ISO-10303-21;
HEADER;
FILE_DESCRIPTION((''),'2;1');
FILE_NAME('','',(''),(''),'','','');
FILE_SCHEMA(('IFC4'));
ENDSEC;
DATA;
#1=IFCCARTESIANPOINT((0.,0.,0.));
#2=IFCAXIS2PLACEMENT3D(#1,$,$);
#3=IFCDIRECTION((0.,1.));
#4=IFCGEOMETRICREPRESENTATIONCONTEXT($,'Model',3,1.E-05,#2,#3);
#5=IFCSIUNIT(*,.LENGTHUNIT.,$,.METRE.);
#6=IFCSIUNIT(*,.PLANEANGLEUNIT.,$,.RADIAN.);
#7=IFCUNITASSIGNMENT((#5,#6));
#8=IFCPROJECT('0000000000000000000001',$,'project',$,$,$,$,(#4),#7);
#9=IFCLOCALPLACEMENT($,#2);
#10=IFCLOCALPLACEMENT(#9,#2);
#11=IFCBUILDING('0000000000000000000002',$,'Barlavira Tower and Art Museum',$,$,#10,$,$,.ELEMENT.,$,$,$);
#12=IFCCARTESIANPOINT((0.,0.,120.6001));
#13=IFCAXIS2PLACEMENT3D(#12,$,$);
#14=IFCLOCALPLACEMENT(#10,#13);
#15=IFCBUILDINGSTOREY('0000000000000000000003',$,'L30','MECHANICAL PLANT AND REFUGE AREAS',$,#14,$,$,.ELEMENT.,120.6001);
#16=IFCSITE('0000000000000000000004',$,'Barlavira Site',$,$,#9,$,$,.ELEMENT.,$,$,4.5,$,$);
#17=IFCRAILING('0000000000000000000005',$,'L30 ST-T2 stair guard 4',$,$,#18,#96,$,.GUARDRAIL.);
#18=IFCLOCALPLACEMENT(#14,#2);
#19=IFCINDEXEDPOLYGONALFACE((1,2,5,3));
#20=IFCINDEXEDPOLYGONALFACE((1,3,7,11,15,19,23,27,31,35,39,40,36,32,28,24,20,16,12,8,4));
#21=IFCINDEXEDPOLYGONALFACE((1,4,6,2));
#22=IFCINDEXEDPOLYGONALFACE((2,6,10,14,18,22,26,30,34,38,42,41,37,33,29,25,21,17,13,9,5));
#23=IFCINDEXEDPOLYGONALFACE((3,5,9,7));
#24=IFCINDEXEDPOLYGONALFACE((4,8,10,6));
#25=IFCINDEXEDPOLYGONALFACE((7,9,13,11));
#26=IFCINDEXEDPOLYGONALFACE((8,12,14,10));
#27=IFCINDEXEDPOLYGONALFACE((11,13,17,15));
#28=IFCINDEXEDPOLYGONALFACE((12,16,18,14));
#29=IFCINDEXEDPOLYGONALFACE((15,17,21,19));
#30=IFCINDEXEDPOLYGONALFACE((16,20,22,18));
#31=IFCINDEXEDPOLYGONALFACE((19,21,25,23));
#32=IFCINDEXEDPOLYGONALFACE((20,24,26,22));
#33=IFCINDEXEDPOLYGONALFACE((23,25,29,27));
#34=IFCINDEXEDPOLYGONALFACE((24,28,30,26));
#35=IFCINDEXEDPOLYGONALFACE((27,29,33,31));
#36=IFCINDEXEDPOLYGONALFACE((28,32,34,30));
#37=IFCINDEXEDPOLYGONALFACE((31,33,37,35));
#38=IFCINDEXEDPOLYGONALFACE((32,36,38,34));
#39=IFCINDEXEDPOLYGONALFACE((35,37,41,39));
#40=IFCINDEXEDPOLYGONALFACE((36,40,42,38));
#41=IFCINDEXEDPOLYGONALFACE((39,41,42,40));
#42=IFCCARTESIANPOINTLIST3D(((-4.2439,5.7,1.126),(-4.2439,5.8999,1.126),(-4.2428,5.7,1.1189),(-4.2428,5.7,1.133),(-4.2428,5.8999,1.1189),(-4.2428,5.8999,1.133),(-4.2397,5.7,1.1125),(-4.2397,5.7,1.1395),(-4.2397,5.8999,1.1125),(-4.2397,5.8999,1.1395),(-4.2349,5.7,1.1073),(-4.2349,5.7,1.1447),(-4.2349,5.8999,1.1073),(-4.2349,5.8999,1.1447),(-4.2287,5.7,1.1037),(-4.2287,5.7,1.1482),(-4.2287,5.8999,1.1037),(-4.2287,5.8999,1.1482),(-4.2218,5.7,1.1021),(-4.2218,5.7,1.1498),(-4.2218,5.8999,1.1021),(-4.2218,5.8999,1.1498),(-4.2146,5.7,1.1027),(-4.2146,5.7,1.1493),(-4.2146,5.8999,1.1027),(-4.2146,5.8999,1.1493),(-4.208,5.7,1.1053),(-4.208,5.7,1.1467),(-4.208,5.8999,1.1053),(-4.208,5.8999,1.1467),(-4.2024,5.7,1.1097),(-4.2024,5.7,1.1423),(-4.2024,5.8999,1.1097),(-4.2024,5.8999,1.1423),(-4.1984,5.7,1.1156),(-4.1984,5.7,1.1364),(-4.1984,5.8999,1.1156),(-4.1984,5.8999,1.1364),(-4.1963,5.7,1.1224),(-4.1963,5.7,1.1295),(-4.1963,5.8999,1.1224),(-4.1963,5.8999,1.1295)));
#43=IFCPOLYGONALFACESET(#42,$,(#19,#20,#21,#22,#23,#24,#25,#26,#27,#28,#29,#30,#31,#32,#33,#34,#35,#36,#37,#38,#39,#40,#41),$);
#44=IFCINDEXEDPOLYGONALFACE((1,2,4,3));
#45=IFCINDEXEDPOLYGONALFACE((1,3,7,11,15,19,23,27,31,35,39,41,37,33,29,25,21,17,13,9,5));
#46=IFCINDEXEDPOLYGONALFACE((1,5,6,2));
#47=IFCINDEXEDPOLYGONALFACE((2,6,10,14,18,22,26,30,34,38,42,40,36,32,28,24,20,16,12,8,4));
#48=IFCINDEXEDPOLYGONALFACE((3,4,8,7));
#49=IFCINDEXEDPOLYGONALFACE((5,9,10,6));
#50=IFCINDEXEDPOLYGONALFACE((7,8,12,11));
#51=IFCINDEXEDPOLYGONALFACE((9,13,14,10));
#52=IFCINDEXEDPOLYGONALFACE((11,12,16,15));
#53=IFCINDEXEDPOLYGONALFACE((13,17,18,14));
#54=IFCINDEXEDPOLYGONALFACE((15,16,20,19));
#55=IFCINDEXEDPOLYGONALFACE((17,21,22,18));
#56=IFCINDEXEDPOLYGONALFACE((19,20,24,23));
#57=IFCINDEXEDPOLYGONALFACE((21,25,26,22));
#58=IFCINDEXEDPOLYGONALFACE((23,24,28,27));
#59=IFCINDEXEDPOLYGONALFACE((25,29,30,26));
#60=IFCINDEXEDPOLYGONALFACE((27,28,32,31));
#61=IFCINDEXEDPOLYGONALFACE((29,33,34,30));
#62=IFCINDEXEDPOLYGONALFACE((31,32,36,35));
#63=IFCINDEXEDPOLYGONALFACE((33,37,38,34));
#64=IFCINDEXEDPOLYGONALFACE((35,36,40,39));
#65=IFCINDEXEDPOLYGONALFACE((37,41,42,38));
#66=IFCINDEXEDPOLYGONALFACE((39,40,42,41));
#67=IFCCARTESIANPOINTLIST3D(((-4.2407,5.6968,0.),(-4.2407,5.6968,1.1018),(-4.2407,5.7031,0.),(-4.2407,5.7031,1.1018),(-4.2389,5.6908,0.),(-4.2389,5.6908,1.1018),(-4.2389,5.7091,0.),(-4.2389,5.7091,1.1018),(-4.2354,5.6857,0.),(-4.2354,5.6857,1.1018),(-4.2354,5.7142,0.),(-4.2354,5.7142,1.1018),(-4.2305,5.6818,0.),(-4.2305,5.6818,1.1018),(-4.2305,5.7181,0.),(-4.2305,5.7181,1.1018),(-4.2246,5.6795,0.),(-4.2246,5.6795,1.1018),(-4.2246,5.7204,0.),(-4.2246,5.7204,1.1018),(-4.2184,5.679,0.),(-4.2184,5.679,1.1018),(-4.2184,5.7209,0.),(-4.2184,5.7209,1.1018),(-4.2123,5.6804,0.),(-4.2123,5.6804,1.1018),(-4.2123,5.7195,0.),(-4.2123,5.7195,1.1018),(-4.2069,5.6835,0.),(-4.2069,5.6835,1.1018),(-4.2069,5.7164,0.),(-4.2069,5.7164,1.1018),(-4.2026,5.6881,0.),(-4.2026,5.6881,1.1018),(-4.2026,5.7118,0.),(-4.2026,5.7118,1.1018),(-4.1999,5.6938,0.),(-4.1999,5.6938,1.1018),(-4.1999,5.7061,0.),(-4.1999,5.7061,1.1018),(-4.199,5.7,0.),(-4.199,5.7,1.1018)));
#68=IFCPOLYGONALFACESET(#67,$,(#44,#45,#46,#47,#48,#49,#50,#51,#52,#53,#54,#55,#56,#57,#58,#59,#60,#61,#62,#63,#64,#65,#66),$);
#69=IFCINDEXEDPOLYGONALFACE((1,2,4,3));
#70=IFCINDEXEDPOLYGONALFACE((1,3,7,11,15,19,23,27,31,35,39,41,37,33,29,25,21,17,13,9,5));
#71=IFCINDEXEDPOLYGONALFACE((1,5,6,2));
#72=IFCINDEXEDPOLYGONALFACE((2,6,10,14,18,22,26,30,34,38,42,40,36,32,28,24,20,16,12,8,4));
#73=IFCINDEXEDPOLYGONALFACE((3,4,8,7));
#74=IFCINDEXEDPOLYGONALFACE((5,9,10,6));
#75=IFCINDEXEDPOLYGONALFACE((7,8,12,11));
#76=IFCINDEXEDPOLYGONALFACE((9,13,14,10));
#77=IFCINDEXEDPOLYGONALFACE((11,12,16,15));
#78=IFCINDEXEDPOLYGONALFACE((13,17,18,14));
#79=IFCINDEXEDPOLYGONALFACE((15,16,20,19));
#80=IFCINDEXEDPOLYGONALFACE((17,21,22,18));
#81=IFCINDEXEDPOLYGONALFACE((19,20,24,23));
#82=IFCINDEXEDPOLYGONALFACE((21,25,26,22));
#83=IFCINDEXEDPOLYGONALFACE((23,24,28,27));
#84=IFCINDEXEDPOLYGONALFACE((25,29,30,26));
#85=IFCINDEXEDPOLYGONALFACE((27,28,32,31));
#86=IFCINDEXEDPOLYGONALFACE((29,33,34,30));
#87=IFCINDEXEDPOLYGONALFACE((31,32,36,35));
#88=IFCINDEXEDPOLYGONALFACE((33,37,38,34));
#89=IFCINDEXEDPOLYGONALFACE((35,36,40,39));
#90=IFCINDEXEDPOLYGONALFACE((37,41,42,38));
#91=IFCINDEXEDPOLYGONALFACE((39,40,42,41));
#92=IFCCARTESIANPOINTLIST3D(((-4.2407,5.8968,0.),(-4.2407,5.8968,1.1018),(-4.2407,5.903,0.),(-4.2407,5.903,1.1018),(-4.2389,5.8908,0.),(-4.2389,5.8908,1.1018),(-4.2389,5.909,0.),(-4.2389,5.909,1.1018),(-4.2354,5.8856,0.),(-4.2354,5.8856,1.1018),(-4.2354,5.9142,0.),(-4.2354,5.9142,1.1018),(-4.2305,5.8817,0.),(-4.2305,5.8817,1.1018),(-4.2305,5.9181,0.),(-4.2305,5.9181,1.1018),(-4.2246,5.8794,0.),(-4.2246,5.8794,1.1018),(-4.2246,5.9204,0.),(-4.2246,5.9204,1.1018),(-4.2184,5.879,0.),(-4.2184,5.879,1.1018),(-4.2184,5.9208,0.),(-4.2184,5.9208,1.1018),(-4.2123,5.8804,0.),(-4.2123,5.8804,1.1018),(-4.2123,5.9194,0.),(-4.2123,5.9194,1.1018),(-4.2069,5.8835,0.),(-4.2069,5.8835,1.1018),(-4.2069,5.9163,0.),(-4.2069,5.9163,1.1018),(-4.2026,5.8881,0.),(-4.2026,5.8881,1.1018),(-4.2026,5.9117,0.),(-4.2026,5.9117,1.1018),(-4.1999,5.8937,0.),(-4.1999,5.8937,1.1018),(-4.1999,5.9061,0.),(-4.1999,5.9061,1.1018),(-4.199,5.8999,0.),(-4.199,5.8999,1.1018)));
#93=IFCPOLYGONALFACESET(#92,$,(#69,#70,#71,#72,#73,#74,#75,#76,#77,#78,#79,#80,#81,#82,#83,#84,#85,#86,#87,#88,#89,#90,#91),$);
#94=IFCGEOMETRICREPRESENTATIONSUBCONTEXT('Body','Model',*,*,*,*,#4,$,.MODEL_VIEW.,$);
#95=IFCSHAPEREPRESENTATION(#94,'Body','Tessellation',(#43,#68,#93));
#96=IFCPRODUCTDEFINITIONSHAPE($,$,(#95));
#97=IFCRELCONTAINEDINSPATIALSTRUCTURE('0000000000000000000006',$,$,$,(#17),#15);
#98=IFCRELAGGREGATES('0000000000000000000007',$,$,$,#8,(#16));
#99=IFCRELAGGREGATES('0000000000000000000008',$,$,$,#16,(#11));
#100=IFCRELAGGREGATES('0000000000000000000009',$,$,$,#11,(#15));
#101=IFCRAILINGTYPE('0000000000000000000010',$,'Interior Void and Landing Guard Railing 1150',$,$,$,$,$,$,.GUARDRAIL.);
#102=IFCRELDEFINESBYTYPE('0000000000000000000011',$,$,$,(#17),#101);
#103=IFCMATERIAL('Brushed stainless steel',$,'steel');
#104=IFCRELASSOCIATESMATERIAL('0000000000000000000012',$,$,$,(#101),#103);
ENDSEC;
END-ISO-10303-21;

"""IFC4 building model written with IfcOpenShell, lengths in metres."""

from ifc_helpers import new_model, si_unit, direction, frame, origin, origin_2d, place, context, subcontext, project, spatial, circle, extrude, material, type_object, element, save


model = new_model("IFC4")

# Units and contexts
model_context = context("Model", 3, precision=1e-05, world=origin(), true_north=direction((0.0, 1.0)))
body_context = subcontext(model_context, "Body", "Model", "MODEL_VIEW")
ifc_project = project(units=[si_unit("LENGTHUNIT", "METRE"), si_unit("PLANEANGLEUNIT", "RADIAN")], contexts=[model_context])

# Site, building, storey
site_placement = place(None, origin())
site = spatial("IfcSite", under=ifc_project, at=site_placement, Name="Barlavira Site", CompositionType="ELEMENT", RefElevation=4.5)
building_placement = place(site_placement, origin())
building = spatial("IfcBuilding", under=site, at=building_placement, Name="Barlavira Tower and Art Museum", CompositionType="ELEMENT")
storey_placement = place(building_placement, frame((0.0, 0.0, 120.6001)))
storey = spatial("IfcBuildingStorey", under=building, at=storey_placement, Name="L30", Description="MECHANICAL PLANT AND REFUGE AREAS", CompositionType="ELEMENT", Elevation=120.6001)

# Shared definitions
ifc_material_1 = material(Name="Brushed stainless steel", Category="steel")

# Railing
railing_type_1 = type_object("IfcRailingType", Name="Interior Void and Landing Guard Railing 1150", PredefinedType="GUARDRAIL", material=ifc_material_1)
railing_1_placement = place(storey_placement, frame((-4.22, 5.7, 0.0)))
element("IfcRailing", 1, at=railing_1_placement, inside=storey, type_object=railing_type_1, Name="L30 ST-T2 stair guard 4", PredefinedType="GUARDRAIL", context=body_context, shape_type="SweptSolid", body=[
    extrude(circle(Radius=0.0239, at=origin_2d()), frame((0.0, 0.0, 1.126), z_axis=(0.0, 1.0, 0.0), x_axis=(-1.0, 0.0, 0.0)), (0.0, 0.0, 1.0), 0.2),
    extrude(circle(Radius=0.021, at=origin_2d()), origin(), (0.0, 0.0, 1.0), 1.1018),
    extrude(circle(Radius=0.021, at=origin_2d()), frame((0.0, 0.2, 0.0)), (0.0, 0.0, 1.0), 1.1018),
])

save(model, "model.ifc")
